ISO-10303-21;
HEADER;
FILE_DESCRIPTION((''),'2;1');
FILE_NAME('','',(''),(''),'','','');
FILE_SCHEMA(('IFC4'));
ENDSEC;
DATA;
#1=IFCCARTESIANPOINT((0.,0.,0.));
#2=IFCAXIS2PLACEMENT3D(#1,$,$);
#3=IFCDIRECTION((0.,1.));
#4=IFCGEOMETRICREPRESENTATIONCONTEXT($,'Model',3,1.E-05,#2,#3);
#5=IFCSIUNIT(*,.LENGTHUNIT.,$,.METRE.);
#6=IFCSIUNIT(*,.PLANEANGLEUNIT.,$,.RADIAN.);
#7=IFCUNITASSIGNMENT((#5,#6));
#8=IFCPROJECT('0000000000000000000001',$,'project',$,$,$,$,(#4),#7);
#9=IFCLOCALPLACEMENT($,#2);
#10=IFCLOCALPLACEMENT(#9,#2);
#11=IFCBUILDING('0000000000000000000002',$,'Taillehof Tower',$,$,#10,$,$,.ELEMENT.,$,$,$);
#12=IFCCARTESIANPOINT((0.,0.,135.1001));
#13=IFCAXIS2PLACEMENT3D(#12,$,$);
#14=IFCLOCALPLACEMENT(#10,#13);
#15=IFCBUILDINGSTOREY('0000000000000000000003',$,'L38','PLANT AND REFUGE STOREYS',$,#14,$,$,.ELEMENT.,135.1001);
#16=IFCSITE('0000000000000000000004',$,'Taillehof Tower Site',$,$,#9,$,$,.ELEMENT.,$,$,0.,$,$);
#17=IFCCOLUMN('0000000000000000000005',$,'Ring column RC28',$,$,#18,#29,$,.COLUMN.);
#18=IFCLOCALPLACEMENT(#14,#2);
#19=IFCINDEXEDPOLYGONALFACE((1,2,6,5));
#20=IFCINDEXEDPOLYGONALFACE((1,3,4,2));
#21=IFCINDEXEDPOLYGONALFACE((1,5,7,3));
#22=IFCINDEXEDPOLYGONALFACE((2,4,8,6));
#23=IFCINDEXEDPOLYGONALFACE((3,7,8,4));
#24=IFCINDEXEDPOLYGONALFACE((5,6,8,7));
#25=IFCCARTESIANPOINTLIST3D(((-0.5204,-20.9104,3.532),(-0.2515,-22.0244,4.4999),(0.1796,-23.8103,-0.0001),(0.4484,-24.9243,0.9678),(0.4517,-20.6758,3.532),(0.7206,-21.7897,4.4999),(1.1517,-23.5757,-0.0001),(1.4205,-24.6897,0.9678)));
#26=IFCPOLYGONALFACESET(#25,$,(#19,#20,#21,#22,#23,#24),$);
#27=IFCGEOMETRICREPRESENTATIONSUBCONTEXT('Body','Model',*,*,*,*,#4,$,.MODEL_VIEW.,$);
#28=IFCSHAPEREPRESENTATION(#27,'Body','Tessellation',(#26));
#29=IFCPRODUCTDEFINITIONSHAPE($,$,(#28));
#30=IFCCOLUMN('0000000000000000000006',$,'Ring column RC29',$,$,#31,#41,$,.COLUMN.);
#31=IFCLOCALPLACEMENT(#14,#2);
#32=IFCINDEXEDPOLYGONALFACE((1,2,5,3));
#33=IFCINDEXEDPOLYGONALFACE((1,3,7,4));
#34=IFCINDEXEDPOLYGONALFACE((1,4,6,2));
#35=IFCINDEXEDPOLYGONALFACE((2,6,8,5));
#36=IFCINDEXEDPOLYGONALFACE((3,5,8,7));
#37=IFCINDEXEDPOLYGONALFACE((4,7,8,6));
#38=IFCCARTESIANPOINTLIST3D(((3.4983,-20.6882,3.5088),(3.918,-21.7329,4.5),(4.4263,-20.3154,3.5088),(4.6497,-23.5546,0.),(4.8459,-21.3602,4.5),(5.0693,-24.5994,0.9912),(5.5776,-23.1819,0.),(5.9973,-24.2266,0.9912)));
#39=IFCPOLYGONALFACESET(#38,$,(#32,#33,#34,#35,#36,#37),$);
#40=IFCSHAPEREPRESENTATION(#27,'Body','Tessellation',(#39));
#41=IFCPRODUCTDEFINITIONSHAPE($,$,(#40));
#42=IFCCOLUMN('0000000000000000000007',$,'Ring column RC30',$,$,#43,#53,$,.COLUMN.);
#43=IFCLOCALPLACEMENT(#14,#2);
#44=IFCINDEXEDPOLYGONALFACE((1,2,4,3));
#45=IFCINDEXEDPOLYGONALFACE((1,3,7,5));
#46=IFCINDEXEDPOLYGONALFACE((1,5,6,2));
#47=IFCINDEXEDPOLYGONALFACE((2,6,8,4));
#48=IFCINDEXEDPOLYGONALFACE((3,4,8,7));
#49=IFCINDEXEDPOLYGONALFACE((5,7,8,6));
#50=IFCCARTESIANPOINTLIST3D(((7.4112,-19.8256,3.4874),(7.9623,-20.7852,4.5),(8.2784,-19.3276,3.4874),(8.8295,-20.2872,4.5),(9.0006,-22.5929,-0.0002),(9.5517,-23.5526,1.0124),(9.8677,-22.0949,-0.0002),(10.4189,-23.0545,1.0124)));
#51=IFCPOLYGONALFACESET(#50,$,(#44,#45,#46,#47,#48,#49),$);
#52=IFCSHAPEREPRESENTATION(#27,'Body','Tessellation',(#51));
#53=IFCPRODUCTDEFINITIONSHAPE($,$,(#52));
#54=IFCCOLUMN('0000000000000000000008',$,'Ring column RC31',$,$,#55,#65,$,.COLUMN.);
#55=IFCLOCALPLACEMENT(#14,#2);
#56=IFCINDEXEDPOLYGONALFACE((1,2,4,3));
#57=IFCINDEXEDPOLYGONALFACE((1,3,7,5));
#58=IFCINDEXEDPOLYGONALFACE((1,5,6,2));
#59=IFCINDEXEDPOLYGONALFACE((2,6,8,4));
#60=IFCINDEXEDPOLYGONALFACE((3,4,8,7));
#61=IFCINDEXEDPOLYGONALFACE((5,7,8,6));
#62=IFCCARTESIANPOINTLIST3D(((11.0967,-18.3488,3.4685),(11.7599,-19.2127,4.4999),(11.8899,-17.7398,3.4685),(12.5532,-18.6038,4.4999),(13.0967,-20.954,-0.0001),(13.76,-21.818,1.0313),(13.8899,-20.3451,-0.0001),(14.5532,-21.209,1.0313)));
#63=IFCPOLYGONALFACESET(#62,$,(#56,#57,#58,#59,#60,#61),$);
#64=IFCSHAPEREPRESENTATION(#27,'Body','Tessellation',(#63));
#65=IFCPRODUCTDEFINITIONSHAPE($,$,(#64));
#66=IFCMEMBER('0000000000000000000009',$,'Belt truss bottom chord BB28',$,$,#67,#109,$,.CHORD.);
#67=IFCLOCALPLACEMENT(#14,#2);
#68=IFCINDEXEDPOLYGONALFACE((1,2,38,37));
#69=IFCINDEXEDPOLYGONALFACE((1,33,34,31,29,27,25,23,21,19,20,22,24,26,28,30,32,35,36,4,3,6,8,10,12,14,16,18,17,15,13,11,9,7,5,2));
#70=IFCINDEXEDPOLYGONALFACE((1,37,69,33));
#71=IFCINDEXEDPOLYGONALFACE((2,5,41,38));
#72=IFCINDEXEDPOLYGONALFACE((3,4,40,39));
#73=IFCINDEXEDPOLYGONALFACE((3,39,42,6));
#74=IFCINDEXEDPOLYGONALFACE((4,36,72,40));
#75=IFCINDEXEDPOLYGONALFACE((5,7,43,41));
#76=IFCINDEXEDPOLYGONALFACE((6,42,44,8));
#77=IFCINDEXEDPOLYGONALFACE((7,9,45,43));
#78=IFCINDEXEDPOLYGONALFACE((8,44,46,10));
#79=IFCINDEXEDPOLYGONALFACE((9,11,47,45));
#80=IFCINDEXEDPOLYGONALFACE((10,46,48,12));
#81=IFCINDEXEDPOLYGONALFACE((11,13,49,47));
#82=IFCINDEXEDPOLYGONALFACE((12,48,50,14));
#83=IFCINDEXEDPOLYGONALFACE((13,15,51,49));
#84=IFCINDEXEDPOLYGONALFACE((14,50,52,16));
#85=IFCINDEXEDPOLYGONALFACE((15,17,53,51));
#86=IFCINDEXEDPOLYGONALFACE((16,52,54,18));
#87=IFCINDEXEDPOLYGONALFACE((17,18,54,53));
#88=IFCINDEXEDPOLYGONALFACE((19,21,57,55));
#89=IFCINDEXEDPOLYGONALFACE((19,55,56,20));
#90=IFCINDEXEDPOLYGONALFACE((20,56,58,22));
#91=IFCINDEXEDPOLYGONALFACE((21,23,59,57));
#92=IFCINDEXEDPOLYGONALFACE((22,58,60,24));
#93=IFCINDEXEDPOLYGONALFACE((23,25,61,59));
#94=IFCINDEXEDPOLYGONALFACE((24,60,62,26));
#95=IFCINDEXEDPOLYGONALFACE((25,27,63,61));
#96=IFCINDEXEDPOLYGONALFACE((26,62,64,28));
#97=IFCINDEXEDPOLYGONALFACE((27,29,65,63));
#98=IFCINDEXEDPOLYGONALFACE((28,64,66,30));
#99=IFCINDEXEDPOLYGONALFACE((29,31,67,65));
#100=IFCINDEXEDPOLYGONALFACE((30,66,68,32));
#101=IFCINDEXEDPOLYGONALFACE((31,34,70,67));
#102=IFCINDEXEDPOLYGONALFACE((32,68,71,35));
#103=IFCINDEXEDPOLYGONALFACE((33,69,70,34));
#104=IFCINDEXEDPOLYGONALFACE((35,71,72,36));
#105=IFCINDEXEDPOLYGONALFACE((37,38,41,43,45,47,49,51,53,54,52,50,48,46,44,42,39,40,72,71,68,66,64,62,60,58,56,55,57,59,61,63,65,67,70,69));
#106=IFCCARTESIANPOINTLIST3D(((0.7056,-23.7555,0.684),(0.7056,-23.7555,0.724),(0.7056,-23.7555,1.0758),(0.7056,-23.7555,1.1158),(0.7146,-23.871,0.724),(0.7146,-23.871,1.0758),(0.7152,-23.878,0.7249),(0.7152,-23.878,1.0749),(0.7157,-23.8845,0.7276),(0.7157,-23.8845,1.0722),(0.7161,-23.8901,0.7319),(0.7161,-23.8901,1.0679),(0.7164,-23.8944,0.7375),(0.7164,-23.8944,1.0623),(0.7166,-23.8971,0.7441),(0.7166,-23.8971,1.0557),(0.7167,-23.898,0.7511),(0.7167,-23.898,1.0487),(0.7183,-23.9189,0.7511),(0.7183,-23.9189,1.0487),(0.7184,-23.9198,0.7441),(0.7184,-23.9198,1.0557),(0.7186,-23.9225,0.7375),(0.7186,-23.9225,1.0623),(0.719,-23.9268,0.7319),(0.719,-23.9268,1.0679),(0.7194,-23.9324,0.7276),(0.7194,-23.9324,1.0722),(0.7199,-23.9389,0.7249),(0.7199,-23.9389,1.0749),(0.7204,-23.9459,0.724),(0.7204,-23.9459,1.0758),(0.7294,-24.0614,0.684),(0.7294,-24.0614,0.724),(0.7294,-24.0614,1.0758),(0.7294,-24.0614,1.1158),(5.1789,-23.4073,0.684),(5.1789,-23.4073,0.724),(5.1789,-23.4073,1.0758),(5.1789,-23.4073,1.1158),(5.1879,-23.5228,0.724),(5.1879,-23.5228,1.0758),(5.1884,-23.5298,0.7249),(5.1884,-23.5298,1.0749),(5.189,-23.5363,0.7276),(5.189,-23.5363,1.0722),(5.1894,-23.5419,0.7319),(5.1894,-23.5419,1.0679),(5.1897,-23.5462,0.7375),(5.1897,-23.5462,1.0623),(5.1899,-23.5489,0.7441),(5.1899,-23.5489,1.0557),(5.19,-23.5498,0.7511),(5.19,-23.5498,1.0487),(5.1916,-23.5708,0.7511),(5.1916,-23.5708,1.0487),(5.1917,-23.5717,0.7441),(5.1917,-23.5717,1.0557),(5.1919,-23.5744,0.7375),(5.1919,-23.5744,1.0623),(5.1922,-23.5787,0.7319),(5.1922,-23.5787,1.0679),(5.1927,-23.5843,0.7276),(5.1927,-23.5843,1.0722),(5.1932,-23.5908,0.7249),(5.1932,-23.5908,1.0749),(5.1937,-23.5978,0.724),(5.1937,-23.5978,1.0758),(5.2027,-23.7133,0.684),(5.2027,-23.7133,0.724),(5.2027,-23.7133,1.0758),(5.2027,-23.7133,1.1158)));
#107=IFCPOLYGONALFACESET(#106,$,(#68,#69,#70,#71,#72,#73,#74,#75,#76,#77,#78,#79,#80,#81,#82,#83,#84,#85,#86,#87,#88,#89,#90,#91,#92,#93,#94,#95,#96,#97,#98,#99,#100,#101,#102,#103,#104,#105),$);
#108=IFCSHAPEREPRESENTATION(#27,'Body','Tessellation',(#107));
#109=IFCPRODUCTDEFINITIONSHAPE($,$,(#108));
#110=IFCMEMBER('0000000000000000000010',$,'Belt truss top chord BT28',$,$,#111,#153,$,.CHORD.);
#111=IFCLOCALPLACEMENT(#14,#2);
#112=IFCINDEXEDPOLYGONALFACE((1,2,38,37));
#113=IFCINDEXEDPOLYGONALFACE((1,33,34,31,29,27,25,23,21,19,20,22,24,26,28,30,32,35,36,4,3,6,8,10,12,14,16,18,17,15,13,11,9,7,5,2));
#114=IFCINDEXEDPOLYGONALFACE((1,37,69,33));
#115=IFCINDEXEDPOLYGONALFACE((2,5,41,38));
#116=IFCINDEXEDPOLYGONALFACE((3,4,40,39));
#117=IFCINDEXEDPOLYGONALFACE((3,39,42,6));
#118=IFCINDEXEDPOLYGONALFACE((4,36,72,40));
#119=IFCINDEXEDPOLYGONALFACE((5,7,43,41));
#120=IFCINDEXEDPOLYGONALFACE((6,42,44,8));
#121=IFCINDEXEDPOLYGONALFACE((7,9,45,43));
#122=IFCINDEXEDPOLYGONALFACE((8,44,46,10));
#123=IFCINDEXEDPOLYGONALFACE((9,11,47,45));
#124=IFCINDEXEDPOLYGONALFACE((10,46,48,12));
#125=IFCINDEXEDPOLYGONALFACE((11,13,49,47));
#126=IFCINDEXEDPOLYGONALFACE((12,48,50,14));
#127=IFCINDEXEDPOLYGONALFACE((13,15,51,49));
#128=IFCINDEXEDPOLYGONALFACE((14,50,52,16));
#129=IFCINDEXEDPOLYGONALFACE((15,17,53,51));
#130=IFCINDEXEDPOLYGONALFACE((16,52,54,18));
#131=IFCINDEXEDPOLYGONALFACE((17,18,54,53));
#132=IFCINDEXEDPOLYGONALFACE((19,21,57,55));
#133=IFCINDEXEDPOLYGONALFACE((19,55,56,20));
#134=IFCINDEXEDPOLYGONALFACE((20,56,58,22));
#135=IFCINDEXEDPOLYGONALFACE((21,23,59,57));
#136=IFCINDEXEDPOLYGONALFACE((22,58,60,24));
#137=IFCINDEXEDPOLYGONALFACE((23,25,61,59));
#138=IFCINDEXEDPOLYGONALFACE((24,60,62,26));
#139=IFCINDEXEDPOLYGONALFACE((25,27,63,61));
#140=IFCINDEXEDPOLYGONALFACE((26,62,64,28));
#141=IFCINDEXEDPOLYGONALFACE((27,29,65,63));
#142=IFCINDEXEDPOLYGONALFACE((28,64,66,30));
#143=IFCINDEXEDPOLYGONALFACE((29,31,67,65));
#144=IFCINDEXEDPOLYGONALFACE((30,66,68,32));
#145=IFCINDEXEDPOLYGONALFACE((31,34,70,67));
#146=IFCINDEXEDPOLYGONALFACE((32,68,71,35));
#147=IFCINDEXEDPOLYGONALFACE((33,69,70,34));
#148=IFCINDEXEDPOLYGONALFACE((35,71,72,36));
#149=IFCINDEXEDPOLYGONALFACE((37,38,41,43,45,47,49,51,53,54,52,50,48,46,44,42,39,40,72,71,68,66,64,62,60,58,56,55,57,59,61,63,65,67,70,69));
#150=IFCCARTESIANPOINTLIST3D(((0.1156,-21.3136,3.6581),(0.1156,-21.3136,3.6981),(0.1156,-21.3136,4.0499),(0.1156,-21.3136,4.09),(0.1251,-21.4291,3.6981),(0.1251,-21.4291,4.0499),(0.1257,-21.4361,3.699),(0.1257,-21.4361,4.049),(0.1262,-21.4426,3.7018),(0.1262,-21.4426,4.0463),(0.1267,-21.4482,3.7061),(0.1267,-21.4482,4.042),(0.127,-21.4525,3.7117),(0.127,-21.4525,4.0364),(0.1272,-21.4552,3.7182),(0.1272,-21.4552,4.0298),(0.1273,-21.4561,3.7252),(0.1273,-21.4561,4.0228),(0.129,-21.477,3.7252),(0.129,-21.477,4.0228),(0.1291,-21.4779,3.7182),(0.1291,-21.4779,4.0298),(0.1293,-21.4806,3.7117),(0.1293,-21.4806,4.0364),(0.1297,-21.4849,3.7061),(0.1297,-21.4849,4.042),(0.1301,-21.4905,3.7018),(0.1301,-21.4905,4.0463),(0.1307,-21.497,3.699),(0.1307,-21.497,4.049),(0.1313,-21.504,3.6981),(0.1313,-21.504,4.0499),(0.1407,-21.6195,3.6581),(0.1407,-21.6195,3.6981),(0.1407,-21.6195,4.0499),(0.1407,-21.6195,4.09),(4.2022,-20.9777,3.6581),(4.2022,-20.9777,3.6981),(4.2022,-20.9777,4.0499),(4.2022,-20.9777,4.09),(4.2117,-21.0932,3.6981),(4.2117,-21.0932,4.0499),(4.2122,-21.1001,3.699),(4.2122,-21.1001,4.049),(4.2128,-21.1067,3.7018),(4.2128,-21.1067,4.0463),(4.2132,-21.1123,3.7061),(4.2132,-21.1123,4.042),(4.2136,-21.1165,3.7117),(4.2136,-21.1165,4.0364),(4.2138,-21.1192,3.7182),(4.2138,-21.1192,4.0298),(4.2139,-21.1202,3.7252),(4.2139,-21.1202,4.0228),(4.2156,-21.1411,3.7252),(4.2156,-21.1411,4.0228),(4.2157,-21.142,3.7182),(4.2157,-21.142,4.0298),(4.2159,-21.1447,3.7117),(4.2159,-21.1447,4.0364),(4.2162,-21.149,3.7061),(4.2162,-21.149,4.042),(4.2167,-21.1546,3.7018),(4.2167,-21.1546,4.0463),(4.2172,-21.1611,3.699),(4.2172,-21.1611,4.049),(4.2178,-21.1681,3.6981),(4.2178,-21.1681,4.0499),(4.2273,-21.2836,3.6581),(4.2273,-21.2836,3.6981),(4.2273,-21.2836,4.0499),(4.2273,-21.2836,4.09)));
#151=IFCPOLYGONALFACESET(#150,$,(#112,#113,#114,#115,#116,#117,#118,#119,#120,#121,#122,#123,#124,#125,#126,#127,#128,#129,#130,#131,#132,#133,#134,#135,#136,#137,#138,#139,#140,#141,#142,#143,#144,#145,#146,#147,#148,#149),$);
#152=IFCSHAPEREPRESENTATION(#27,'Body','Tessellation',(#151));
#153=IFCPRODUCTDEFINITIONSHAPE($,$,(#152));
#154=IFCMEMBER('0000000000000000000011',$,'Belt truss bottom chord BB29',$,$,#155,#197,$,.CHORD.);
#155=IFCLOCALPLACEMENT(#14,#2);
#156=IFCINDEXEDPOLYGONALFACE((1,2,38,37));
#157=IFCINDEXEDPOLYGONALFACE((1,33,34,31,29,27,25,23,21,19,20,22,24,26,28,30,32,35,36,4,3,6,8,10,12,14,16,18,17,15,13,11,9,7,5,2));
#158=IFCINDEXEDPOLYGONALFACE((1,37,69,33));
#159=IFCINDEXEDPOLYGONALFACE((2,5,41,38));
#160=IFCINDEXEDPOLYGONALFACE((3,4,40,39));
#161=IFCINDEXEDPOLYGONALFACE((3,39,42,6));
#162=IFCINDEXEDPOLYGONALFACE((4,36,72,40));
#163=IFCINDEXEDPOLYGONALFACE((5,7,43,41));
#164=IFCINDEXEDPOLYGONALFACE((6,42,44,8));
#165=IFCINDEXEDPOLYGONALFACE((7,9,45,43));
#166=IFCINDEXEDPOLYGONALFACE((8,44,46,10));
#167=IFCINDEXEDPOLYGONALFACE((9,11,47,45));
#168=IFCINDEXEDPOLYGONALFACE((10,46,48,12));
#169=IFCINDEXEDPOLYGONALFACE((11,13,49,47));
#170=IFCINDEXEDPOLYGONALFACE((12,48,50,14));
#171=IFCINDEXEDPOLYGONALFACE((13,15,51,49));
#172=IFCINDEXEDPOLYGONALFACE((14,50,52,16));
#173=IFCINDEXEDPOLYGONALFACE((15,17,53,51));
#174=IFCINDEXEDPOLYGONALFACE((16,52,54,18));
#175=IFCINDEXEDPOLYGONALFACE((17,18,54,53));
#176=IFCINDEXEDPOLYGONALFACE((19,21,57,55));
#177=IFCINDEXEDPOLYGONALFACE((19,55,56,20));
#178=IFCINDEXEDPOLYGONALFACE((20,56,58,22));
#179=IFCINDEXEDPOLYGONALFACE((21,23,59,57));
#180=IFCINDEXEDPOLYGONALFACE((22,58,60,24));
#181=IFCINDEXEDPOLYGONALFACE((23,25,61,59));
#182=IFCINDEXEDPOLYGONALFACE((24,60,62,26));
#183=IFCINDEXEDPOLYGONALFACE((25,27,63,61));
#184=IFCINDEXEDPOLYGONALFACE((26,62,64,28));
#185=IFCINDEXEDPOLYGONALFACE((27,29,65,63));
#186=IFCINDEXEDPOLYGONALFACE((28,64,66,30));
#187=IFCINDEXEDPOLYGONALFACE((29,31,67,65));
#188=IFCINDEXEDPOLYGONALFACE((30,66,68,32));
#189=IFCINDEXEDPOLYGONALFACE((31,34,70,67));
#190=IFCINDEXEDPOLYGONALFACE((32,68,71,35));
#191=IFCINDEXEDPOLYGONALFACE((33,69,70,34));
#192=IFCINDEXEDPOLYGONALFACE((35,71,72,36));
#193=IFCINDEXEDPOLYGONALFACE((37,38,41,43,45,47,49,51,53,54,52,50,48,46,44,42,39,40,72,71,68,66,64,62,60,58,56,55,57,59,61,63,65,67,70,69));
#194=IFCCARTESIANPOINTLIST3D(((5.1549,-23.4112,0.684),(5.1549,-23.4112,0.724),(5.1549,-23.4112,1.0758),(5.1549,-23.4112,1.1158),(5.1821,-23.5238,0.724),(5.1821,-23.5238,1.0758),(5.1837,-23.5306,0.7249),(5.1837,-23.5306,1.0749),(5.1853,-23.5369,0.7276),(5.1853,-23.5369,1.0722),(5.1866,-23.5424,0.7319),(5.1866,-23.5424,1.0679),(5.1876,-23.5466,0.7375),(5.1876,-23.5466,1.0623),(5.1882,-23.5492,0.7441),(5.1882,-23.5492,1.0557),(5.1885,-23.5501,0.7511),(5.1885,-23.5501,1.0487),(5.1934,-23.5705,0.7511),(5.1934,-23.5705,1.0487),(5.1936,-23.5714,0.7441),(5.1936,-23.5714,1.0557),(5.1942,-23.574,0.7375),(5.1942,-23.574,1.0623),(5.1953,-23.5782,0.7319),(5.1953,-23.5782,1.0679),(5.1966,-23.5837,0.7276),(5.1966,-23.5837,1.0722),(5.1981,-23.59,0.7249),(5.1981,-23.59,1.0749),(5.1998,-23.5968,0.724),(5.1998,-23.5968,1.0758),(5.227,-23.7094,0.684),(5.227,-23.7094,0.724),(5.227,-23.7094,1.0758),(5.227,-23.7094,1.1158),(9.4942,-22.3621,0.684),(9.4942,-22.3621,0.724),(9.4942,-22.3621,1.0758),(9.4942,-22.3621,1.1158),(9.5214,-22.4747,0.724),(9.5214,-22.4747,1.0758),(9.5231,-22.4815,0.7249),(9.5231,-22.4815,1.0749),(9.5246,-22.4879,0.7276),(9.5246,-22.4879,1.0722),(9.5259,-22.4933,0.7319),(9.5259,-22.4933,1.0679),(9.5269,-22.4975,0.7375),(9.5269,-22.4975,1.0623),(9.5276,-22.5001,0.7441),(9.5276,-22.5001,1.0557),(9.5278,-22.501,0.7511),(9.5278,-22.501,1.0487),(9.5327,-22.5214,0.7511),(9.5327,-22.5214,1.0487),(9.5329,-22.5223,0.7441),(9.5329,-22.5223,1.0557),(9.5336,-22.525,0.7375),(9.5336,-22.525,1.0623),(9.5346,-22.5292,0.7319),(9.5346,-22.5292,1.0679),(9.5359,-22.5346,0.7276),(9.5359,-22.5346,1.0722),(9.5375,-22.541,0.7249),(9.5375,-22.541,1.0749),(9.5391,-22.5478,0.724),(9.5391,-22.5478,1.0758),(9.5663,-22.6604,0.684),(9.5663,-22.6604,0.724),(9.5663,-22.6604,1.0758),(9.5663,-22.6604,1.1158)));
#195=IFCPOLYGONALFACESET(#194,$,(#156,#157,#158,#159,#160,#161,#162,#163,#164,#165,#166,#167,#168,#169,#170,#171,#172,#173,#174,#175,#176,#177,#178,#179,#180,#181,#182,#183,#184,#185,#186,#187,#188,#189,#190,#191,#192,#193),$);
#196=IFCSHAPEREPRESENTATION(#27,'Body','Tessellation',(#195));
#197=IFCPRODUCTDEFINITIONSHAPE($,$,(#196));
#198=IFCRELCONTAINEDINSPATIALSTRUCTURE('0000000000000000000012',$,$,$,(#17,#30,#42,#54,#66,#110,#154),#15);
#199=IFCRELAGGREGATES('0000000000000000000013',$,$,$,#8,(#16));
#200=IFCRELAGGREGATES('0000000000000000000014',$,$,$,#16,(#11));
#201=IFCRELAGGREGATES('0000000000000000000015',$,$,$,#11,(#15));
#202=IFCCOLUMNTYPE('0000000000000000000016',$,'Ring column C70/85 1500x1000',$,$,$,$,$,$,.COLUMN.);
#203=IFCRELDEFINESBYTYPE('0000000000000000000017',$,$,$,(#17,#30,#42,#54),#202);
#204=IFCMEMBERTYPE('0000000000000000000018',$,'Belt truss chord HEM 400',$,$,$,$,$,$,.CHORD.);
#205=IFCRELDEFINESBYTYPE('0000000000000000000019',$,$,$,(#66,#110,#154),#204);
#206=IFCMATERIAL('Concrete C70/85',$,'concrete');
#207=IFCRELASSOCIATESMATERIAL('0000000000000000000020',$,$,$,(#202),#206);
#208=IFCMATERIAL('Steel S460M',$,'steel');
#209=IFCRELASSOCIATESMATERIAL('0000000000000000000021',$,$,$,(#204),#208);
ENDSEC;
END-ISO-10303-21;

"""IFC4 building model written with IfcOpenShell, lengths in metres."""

from ifc_helpers import new_model, si_unit, direction, frame, origin, origin_2d, place, context, subcontext, project, spatial, rectangle, i_section, extrude, material, material_profile, profile_set, type_object, element, save


model = new_model("IFC4")

# Units and contexts
model_context = context("Model", 3, precision=1e-05, world=origin(), true_north=direction((0.0, 1.0)))
body_context = subcontext(model_context, "Body", "Model", "MODEL_VIEW")
ifc_project = project(units=[si_unit("LENGTHUNIT", "METRE"), si_unit("PLANEANGLEUNIT", "RADIAN")], contexts=[model_context])

# Site, building, storey
site_placement = place(None, origin())
site = spatial("IfcSite", under=ifc_project, at=site_placement, Name="Taillehof Tower Site", CompositionType="ELEMENT", RefElevation=0.0)
building_placement = place(site_placement, origin())
building = spatial("IfcBuilding", under=site, at=building_placement, Name="Taillehof Tower", CompositionType="ELEMENT")
storey_placement = place(building_placement, frame((0.0, 0.0, 135.1001)))
storey = spatial("IfcBuildingStorey", under=building, at=storey_placement, Name="L38", Description="PLANT AND REFUGE STOREYS", CompositionType="ELEMENT", Elevation=135.1001)

# Columns
ifc_material_1 = material(Name="Concrete C70/85", Category="concrete")
ifc_material_profile_1 = material_profile(ifc_material_1, rectangle(XDim=1.5, YDim=1.0, at=origin_2d()), Name="RC 1500x1000")
ifc_profile_set_1 = profile_set([ifc_material_profile_1], Name="Concrete C70/85")
column_type = type_object("IfcColumnType", Name="Ring column C70/85 1500x1000", PredefinedType="COLUMN", material=ifc_profile_set_1)
column_1_placement = place(storey_placement, frame((0.8, -24.25, 0.4839), z_axis=(-0.151399, 0.627246, 0.763964), x_axis=(0.179251, -0.742637, 0.645259)))
element("IfcColumn", 1, at=column_1_placement, inside=storey, type_object=column_type, Name="Ring column RC28", PredefinedType="COLUMN", context=body_context, shape_type="SweptSolid", body=[
    extrude(rectangle(XDim=1.5, YDim=1.0, at=origin_2d()), origin(), (0.0, 0.0, 1.0), 4.6233),
])
column_2_placement = place(storey_placement, frame((5.3235, -23.8906, 0.4956), z_axis=(-0.246292, 0.613171, 0.750574), x_axis=(0.279758, -0.696489, 0.660786)))
element("IfcColumn", 2, at=column_2_placement, inside=storey, type_object=column_type, Name="Ring column RC29", PredefinedType="COLUMN", context=body_context, shape_type="SweptSolid", body=[
    extrude(rectangle(XDim=1.5, YDim=1.0, at=origin_2d()), origin(), (0.0, 0.0, 1.0), 4.6748),
])
column_3_placement = place(storey_placement, frame((9.7097, -22.8237, 0.5061), z_axis=(-0.336209, 0.585397, 0.737749), x_axis=(0.367423, -0.639746, 0.675075)))
element("IfcColumn", 3, at=column_3_placement, inside=storey, type_object=column_type, Name="Ring column RC30", PredefinedType="COLUMN", context=body_context, shape_type="SweptSolid", body=[
    extrude(rectangle(XDim=1.5, YDim=1.0, at=origin_2d()), origin(), (0.0, 0.0, 1.0), 4.7273),
])
column_4_placement = place(storey_placement, frame((13.825, -21.0815, 0.5156), z_axis=(-0.418691, 0.545392, 0.726116), x_axis=(0.442163, -0.575966, 0.687572)))
element("IfcColumn", 4, at=column_4_placement, inside=storey, type_object=column_type, Name="Ring column RC31", PredefinedType="COLUMN", context=body_context, shape_type="SweptSolid", body=[
    extrude(rectangle(XDim=1.5, YDim=1.0, at=origin_2d()), origin(), (0.0, 0.0, 1.0), 4.7769),
])

# Members
ifc_material_2 = material(Name="Steel S460M", Category="steel")
ifc_material_profile_2 = material_profile(ifc_material_2, i_section(OverallWidth=0.3069, OverallDepth=0.4319, WebThickness=0.021, FlangeThickness=0.04, FilletRadius=0.0271, at=origin_2d()), Name="HEM 400")
ifc_profile_set_2 = profile_set([ifc_material_profile_2], Name="Steel S460M")
member_type_1 = type_object("IfcMemberType", Name="Belt truss chord HEM 400", PredefinedType="CHORD", material=ifc_profile_set_2)
member_1_placement = place(storey_placement, frame((0.7175, -23.9084, 0.8999), z_axis=(0.996985, 0.077591, 0.0), x_axis=(-0.077591, 0.996985, 0.0)))
element("IfcMember", 5, at=member_1_placement, inside=storey, type_object=member_type_1, Name="Belt truss bottom chord BB28", PredefinedType="CHORD", context=body_context, shape_type="SweptSolid", body=[
    extrude(i_section(OverallWidth=0.3069, OverallDepth=0.4319, WebThickness=0.021, FlangeThickness=0.04, FilletRadius=0.0271, at=origin_2d()), origin(), (0.0, 0.0, 1.0), 4.4868),
])
member_2_placement = place(storey_placement, frame((0.1282, -21.4666, 3.874), z_axis=(0.996638, 0.081927, 0.0), x_axis=(-0.081927, 0.996638, 0.0)))
element("IfcMember", 6, at=member_2_placement, inside=storey, type_object=member_type_1, Name="Belt truss top chord BT28", PredefinedType="CHORD", context=body_context, shape_type="SweptSolid", body=[
    extrude(i_section(OverallWidth=0.3069, OverallDepth=0.4319, WebThickness=0.021, FlangeThickness=0.04, FilletRadius=0.0271, at=origin_2d()), origin(), (0.0, 0.0, 1.0), 4.1003),
])
member_3_placement = place(storey_placement, frame((5.1909, -23.5603, 0.8999), z_axis=(0.971998, 0.234988, 0.0), x_axis=(-0.234988, 0.971998, 0.0)))
element("IfcMember", 7, at=member_3_placement, inside=storey, type_object=member_type_1, Name="Belt truss bottom chord BB29", PredefinedType="CHORD", context=body_context, shape_type="SweptSolid", body=[
    extrude(i_section(OverallWidth=0.3069, OverallDepth=0.4319, WebThickness=0.021, FlangeThickness=0.04, FilletRadius=0.0271, at=origin_2d()), origin(), (0.0, 0.0, 1.0), 4.4644),
])

save(model, "model.ifc")
